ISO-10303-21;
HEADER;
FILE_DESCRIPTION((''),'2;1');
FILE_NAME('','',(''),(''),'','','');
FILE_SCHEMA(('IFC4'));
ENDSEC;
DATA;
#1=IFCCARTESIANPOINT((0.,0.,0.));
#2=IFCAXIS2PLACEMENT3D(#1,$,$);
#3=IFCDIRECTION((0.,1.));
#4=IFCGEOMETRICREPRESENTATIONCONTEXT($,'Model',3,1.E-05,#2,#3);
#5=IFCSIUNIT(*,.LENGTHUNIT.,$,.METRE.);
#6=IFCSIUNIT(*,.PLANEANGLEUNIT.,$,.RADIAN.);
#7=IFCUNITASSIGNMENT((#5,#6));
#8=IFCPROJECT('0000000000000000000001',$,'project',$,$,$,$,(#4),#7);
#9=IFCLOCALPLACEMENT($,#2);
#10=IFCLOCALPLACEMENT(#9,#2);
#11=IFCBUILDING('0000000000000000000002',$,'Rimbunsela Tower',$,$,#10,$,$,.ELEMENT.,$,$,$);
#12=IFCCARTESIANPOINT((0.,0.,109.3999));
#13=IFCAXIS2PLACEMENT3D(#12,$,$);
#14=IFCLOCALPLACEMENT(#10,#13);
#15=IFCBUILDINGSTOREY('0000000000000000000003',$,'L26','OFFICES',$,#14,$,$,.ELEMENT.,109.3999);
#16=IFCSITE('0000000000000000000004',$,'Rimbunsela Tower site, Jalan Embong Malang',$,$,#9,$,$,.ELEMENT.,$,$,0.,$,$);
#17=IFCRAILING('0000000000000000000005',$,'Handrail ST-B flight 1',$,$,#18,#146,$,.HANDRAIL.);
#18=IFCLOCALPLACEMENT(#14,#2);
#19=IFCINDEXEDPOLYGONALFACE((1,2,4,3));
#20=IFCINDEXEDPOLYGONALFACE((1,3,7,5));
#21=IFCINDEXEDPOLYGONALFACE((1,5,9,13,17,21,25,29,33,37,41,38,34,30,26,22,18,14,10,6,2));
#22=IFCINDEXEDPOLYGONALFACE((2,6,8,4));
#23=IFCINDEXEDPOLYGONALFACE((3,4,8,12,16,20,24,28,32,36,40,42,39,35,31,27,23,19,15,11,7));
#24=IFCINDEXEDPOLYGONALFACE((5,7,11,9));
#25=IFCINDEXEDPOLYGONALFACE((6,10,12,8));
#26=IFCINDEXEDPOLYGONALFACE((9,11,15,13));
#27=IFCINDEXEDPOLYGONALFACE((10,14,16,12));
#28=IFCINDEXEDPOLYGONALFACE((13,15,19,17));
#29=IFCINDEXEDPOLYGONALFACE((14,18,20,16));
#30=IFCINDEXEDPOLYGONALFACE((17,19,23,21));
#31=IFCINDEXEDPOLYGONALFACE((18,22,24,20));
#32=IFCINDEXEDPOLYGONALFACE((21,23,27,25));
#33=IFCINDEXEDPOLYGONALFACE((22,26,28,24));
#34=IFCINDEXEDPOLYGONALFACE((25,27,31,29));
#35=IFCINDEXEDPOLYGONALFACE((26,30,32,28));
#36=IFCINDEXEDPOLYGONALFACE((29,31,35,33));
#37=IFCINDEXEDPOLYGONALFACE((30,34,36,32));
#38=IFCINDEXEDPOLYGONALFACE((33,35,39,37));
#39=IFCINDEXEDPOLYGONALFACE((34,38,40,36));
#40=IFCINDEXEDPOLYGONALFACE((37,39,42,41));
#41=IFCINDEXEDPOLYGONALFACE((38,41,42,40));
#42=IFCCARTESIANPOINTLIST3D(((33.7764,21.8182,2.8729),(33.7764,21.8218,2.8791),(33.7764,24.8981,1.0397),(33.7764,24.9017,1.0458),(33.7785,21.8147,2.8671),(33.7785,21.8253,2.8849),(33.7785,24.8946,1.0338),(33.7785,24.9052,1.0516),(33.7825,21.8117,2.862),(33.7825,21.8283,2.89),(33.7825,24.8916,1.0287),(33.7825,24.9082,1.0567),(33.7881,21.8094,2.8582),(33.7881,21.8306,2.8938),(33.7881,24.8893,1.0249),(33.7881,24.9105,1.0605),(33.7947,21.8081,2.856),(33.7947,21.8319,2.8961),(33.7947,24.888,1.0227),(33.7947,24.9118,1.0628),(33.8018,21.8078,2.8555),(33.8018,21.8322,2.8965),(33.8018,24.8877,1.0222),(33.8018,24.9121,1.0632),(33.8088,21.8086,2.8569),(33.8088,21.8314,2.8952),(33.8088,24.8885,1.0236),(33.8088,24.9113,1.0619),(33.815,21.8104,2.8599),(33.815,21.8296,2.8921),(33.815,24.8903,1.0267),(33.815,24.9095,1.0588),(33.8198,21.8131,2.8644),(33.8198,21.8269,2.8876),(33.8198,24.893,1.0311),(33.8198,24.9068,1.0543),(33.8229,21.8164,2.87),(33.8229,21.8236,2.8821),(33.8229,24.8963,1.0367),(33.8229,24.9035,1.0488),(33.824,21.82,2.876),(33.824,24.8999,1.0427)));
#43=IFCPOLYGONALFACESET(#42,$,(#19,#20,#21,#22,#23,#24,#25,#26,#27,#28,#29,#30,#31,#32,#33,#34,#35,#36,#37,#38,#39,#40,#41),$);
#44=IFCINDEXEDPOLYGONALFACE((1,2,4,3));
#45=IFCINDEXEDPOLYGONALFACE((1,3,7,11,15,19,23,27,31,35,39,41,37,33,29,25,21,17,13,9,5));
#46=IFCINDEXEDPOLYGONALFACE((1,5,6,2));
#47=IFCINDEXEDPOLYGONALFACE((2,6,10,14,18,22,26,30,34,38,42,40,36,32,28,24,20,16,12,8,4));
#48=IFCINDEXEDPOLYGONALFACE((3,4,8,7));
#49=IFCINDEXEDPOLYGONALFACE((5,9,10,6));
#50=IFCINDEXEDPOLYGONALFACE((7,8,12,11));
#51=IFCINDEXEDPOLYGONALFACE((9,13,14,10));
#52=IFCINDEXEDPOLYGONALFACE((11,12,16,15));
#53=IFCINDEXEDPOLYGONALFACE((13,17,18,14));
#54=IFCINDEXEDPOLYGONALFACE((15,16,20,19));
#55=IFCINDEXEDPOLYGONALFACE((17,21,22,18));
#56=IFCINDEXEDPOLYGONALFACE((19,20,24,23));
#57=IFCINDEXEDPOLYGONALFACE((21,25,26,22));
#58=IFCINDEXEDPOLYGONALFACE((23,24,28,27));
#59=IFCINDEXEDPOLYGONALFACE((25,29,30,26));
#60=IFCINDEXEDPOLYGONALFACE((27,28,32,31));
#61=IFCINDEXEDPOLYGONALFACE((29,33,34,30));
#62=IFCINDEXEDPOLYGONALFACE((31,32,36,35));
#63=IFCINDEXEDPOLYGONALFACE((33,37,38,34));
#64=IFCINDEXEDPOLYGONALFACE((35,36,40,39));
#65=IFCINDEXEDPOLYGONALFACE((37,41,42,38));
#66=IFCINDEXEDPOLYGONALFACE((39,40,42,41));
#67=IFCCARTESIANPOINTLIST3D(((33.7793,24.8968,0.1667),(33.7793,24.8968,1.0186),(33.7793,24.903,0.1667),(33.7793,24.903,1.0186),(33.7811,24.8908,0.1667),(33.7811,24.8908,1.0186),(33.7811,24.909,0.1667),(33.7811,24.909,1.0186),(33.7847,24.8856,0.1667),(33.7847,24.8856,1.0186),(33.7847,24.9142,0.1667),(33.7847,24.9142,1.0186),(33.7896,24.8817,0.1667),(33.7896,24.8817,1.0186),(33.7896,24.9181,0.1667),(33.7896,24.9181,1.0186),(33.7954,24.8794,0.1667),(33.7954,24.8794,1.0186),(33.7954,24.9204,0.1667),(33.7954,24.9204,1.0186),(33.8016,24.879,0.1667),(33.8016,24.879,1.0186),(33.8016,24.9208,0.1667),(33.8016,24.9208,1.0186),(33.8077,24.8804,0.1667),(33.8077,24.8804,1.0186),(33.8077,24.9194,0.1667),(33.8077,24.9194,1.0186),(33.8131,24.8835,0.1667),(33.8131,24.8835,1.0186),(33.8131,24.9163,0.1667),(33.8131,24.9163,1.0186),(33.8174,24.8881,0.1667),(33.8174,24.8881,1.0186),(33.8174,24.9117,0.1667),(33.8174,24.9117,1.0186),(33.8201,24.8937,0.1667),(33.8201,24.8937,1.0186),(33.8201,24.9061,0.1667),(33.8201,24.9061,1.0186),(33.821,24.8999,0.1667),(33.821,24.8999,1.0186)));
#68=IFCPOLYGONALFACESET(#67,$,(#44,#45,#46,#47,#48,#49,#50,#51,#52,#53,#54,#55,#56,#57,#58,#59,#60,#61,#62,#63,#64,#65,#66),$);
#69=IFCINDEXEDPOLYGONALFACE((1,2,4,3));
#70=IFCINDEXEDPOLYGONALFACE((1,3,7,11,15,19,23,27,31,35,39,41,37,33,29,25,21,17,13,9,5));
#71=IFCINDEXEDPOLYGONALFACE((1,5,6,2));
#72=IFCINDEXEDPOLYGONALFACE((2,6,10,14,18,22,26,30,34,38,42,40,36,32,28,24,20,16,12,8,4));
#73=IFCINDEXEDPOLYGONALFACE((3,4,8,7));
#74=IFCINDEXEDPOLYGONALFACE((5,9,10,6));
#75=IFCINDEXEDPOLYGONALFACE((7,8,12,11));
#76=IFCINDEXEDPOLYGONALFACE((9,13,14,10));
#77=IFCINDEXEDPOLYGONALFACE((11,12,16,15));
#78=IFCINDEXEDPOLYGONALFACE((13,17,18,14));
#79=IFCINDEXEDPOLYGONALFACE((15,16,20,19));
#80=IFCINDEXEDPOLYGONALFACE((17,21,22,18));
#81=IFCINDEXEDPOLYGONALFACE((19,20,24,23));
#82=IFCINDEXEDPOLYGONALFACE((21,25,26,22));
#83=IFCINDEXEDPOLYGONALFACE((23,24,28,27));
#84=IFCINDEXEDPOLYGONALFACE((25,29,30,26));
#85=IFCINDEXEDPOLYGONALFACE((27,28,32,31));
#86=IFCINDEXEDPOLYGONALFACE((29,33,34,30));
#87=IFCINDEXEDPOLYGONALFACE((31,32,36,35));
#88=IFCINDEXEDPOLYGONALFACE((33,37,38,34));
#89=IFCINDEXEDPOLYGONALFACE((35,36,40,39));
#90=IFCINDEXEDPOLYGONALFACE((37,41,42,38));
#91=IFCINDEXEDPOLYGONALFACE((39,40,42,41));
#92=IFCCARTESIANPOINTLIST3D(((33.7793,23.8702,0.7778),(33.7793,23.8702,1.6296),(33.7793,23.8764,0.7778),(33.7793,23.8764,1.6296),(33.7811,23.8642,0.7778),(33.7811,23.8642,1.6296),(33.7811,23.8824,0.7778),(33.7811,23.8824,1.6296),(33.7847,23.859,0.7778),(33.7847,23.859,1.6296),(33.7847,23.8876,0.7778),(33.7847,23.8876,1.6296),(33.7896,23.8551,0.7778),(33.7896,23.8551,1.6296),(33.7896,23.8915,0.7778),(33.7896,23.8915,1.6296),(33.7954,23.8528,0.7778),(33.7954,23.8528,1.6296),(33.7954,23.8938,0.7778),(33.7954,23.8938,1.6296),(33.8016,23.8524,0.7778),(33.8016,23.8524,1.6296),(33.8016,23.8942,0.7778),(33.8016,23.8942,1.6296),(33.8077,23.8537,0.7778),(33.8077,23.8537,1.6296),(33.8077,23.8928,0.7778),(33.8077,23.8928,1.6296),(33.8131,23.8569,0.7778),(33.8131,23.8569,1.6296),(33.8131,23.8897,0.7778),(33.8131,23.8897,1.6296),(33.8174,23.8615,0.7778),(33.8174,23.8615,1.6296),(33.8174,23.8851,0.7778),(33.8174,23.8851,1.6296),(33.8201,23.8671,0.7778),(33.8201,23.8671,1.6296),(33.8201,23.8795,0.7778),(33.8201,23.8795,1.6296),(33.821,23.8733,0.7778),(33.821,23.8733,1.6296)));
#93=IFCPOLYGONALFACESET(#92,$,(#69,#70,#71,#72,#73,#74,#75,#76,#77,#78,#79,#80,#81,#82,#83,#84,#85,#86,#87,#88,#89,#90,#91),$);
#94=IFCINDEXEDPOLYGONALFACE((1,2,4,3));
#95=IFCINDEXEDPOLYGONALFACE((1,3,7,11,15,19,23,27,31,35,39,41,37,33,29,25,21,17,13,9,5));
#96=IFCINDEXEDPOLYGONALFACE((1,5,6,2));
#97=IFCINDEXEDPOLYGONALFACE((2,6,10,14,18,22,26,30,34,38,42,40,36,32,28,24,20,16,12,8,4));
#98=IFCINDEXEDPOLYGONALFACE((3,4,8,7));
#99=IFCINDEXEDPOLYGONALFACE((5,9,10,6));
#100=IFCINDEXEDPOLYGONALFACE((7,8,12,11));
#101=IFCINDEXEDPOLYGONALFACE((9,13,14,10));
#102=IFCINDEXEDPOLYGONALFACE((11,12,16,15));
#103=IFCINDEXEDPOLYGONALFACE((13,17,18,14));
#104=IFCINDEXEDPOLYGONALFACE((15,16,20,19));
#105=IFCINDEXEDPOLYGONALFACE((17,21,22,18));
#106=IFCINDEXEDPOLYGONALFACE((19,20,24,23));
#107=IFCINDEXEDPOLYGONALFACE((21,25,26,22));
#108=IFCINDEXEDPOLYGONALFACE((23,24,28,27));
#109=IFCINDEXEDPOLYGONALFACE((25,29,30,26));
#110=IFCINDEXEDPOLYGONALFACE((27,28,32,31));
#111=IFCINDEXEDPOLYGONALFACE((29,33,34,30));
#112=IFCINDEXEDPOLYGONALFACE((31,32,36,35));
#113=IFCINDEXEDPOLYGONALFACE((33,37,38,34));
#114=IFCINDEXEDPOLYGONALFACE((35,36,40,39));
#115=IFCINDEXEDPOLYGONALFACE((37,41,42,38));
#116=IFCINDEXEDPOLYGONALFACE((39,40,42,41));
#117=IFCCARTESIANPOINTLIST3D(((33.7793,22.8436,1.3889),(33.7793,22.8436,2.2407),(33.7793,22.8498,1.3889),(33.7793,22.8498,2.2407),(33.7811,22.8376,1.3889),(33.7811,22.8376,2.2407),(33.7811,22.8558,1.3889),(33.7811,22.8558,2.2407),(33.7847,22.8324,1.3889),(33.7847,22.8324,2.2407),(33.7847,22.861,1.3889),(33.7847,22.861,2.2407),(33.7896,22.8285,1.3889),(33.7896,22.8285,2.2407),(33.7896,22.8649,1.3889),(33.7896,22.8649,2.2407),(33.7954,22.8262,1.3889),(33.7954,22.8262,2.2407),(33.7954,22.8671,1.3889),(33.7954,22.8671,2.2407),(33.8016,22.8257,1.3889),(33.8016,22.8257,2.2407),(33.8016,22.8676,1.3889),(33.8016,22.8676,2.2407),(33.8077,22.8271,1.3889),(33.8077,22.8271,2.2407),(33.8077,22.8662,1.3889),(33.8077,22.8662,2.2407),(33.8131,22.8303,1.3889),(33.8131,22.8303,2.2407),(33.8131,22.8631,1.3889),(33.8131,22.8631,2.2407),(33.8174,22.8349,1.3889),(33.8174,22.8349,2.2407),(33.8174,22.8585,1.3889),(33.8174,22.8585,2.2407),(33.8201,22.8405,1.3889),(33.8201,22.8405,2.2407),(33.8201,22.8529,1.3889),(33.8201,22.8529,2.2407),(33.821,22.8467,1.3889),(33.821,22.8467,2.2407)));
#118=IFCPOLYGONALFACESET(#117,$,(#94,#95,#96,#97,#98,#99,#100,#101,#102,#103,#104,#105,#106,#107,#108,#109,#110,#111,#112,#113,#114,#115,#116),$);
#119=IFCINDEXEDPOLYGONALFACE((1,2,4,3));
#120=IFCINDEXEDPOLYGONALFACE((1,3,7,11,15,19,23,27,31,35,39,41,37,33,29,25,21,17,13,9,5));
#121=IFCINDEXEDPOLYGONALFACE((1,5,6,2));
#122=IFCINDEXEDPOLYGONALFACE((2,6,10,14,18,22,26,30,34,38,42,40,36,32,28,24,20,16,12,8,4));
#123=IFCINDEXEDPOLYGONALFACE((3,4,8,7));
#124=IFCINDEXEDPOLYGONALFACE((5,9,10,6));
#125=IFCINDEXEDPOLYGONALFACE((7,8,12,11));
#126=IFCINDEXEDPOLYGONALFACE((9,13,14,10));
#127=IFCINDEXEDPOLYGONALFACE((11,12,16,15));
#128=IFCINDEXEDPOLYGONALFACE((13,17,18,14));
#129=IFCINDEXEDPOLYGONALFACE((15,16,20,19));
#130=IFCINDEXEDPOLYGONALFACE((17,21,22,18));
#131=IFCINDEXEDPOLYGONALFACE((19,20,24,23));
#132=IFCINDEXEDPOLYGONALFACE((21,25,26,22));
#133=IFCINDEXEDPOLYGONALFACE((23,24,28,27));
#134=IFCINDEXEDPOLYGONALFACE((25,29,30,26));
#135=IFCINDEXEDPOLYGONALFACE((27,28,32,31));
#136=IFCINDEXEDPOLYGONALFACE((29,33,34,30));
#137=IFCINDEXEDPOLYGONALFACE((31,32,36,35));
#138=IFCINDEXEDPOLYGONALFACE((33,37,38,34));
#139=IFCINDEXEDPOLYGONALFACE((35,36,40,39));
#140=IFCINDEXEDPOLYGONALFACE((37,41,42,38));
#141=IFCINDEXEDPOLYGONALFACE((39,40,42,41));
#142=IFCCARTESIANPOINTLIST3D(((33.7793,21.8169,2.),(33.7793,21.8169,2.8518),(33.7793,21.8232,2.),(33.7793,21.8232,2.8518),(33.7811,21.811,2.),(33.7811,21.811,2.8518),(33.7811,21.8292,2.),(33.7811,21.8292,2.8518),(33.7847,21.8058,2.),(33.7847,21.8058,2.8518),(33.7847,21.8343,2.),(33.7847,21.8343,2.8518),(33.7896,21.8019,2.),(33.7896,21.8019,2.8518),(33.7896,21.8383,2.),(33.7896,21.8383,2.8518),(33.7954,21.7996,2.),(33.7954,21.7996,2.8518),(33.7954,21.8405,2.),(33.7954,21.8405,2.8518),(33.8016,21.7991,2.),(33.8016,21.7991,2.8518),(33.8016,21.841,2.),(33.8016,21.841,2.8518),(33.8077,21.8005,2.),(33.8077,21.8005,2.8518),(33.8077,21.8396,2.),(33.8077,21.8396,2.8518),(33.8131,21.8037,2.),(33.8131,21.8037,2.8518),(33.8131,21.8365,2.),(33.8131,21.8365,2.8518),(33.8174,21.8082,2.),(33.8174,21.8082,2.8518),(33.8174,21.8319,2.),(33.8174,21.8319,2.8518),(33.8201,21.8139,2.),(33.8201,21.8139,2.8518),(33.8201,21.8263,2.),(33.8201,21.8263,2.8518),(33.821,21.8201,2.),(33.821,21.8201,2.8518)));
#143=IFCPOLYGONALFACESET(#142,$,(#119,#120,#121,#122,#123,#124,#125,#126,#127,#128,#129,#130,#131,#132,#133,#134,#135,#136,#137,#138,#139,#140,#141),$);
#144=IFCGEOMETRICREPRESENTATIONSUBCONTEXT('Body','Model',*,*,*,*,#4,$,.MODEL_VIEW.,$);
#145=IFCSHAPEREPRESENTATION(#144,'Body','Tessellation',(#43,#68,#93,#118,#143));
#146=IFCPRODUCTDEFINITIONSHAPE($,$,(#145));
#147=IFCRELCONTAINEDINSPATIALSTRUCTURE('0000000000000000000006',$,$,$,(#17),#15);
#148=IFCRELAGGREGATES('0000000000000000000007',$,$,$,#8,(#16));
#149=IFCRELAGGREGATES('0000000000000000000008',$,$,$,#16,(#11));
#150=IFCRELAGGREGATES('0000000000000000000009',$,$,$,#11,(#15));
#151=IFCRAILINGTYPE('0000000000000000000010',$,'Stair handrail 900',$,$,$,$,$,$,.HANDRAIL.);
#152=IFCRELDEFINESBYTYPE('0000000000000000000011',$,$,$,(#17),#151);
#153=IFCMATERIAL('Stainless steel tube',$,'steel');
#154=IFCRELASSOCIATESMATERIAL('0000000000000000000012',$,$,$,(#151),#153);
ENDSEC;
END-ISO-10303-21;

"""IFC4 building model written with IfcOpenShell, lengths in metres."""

from ifc_helpers import new_model, si_unit, direction, frame, origin, origin_2d, place, context, subcontext, project, spatial, circle, extrude, material, type_object, element, save


model = new_model("IFC4")

# Units and contexts
model_context = context("Model", 3, precision=1e-05, world=origin(), true_north=direction((0.0, 1.0)))
body_context = subcontext(model_context, "Body", "Model", "MODEL_VIEW")
ifc_project = project(units=[si_unit("LENGTHUNIT", "METRE"), si_unit("PLANEANGLEUNIT", "RADIAN")], contexts=[model_context])

# Site, building, storey
site_placement = place(None, origin())
site = spatial("IfcSite", under=ifc_project, at=site_placement, Name="Rimbunsela Tower site, Jalan Embong Malang", CompositionType="ELEMENT", RefElevation=0.0)
building_placement = place(site_placement, origin())
building = spatial("IfcBuilding", under=site, at=building_placement, Name="Rimbunsela Tower", CompositionType="ELEMENT")
storey_placement = place(building_placement, frame((0.0, 0.0, 109.3999)))
storey = spatial("IfcBuildingStorey", under=building, at=storey_placement, Name="L26", Description="OFFICES", CompositionType="ELEMENT", Elevation=109.3999)

# Railing
ifc_material_1 = material(Name="Stainless steel tube", Category="steel")
railing_type = type_object("IfcRailingType", Name="Stair handrail 900", PredefinedType="HANDRAIL", material=ifc_material_1)
railing_1_placement = place(storey_placement, frame((33.8, 24.8999, 0.1667)))
element("IfcRailing", 1, at=railing_1_placement, inside=storey, type_object=railing_type, Name="Handrail ST-B flight 1", PredefinedType="HANDRAIL", context=body_context, shape_type="SweptSolid", body=[
    extrude(circle(Radius=0.0239, at=origin_2d()), frame((0.0, 0.0, 0.876), z_axis=(0.0, -0.859291, 0.511487), x_axis=(1.0, 0.0, 0.0)), (0.0, 0.0, 1.0), 3.5842),
    extrude(circle(Radius=0.021, at=origin_2d()), origin(), (0.0, 0.0, 1.0), 0.8518),
    extrude(circle(Radius=0.021, at=origin_2d()), frame((0.0, -1.0266, 0.6111)), (0.0, 0.0, 1.0), 0.8518),
    extrude(circle(Radius=0.021, at=origin_2d()), frame((0.0, -2.0532, 1.2222)), (0.0, 0.0, 1.0), 0.8518),
    extrude(circle(Radius=0.021, at=origin_2d()), frame((0.0, -3.0798, 1.8333)), (0.0, 0.0, 1.0), 0.8518),
])

save(model, "model.ifc")
